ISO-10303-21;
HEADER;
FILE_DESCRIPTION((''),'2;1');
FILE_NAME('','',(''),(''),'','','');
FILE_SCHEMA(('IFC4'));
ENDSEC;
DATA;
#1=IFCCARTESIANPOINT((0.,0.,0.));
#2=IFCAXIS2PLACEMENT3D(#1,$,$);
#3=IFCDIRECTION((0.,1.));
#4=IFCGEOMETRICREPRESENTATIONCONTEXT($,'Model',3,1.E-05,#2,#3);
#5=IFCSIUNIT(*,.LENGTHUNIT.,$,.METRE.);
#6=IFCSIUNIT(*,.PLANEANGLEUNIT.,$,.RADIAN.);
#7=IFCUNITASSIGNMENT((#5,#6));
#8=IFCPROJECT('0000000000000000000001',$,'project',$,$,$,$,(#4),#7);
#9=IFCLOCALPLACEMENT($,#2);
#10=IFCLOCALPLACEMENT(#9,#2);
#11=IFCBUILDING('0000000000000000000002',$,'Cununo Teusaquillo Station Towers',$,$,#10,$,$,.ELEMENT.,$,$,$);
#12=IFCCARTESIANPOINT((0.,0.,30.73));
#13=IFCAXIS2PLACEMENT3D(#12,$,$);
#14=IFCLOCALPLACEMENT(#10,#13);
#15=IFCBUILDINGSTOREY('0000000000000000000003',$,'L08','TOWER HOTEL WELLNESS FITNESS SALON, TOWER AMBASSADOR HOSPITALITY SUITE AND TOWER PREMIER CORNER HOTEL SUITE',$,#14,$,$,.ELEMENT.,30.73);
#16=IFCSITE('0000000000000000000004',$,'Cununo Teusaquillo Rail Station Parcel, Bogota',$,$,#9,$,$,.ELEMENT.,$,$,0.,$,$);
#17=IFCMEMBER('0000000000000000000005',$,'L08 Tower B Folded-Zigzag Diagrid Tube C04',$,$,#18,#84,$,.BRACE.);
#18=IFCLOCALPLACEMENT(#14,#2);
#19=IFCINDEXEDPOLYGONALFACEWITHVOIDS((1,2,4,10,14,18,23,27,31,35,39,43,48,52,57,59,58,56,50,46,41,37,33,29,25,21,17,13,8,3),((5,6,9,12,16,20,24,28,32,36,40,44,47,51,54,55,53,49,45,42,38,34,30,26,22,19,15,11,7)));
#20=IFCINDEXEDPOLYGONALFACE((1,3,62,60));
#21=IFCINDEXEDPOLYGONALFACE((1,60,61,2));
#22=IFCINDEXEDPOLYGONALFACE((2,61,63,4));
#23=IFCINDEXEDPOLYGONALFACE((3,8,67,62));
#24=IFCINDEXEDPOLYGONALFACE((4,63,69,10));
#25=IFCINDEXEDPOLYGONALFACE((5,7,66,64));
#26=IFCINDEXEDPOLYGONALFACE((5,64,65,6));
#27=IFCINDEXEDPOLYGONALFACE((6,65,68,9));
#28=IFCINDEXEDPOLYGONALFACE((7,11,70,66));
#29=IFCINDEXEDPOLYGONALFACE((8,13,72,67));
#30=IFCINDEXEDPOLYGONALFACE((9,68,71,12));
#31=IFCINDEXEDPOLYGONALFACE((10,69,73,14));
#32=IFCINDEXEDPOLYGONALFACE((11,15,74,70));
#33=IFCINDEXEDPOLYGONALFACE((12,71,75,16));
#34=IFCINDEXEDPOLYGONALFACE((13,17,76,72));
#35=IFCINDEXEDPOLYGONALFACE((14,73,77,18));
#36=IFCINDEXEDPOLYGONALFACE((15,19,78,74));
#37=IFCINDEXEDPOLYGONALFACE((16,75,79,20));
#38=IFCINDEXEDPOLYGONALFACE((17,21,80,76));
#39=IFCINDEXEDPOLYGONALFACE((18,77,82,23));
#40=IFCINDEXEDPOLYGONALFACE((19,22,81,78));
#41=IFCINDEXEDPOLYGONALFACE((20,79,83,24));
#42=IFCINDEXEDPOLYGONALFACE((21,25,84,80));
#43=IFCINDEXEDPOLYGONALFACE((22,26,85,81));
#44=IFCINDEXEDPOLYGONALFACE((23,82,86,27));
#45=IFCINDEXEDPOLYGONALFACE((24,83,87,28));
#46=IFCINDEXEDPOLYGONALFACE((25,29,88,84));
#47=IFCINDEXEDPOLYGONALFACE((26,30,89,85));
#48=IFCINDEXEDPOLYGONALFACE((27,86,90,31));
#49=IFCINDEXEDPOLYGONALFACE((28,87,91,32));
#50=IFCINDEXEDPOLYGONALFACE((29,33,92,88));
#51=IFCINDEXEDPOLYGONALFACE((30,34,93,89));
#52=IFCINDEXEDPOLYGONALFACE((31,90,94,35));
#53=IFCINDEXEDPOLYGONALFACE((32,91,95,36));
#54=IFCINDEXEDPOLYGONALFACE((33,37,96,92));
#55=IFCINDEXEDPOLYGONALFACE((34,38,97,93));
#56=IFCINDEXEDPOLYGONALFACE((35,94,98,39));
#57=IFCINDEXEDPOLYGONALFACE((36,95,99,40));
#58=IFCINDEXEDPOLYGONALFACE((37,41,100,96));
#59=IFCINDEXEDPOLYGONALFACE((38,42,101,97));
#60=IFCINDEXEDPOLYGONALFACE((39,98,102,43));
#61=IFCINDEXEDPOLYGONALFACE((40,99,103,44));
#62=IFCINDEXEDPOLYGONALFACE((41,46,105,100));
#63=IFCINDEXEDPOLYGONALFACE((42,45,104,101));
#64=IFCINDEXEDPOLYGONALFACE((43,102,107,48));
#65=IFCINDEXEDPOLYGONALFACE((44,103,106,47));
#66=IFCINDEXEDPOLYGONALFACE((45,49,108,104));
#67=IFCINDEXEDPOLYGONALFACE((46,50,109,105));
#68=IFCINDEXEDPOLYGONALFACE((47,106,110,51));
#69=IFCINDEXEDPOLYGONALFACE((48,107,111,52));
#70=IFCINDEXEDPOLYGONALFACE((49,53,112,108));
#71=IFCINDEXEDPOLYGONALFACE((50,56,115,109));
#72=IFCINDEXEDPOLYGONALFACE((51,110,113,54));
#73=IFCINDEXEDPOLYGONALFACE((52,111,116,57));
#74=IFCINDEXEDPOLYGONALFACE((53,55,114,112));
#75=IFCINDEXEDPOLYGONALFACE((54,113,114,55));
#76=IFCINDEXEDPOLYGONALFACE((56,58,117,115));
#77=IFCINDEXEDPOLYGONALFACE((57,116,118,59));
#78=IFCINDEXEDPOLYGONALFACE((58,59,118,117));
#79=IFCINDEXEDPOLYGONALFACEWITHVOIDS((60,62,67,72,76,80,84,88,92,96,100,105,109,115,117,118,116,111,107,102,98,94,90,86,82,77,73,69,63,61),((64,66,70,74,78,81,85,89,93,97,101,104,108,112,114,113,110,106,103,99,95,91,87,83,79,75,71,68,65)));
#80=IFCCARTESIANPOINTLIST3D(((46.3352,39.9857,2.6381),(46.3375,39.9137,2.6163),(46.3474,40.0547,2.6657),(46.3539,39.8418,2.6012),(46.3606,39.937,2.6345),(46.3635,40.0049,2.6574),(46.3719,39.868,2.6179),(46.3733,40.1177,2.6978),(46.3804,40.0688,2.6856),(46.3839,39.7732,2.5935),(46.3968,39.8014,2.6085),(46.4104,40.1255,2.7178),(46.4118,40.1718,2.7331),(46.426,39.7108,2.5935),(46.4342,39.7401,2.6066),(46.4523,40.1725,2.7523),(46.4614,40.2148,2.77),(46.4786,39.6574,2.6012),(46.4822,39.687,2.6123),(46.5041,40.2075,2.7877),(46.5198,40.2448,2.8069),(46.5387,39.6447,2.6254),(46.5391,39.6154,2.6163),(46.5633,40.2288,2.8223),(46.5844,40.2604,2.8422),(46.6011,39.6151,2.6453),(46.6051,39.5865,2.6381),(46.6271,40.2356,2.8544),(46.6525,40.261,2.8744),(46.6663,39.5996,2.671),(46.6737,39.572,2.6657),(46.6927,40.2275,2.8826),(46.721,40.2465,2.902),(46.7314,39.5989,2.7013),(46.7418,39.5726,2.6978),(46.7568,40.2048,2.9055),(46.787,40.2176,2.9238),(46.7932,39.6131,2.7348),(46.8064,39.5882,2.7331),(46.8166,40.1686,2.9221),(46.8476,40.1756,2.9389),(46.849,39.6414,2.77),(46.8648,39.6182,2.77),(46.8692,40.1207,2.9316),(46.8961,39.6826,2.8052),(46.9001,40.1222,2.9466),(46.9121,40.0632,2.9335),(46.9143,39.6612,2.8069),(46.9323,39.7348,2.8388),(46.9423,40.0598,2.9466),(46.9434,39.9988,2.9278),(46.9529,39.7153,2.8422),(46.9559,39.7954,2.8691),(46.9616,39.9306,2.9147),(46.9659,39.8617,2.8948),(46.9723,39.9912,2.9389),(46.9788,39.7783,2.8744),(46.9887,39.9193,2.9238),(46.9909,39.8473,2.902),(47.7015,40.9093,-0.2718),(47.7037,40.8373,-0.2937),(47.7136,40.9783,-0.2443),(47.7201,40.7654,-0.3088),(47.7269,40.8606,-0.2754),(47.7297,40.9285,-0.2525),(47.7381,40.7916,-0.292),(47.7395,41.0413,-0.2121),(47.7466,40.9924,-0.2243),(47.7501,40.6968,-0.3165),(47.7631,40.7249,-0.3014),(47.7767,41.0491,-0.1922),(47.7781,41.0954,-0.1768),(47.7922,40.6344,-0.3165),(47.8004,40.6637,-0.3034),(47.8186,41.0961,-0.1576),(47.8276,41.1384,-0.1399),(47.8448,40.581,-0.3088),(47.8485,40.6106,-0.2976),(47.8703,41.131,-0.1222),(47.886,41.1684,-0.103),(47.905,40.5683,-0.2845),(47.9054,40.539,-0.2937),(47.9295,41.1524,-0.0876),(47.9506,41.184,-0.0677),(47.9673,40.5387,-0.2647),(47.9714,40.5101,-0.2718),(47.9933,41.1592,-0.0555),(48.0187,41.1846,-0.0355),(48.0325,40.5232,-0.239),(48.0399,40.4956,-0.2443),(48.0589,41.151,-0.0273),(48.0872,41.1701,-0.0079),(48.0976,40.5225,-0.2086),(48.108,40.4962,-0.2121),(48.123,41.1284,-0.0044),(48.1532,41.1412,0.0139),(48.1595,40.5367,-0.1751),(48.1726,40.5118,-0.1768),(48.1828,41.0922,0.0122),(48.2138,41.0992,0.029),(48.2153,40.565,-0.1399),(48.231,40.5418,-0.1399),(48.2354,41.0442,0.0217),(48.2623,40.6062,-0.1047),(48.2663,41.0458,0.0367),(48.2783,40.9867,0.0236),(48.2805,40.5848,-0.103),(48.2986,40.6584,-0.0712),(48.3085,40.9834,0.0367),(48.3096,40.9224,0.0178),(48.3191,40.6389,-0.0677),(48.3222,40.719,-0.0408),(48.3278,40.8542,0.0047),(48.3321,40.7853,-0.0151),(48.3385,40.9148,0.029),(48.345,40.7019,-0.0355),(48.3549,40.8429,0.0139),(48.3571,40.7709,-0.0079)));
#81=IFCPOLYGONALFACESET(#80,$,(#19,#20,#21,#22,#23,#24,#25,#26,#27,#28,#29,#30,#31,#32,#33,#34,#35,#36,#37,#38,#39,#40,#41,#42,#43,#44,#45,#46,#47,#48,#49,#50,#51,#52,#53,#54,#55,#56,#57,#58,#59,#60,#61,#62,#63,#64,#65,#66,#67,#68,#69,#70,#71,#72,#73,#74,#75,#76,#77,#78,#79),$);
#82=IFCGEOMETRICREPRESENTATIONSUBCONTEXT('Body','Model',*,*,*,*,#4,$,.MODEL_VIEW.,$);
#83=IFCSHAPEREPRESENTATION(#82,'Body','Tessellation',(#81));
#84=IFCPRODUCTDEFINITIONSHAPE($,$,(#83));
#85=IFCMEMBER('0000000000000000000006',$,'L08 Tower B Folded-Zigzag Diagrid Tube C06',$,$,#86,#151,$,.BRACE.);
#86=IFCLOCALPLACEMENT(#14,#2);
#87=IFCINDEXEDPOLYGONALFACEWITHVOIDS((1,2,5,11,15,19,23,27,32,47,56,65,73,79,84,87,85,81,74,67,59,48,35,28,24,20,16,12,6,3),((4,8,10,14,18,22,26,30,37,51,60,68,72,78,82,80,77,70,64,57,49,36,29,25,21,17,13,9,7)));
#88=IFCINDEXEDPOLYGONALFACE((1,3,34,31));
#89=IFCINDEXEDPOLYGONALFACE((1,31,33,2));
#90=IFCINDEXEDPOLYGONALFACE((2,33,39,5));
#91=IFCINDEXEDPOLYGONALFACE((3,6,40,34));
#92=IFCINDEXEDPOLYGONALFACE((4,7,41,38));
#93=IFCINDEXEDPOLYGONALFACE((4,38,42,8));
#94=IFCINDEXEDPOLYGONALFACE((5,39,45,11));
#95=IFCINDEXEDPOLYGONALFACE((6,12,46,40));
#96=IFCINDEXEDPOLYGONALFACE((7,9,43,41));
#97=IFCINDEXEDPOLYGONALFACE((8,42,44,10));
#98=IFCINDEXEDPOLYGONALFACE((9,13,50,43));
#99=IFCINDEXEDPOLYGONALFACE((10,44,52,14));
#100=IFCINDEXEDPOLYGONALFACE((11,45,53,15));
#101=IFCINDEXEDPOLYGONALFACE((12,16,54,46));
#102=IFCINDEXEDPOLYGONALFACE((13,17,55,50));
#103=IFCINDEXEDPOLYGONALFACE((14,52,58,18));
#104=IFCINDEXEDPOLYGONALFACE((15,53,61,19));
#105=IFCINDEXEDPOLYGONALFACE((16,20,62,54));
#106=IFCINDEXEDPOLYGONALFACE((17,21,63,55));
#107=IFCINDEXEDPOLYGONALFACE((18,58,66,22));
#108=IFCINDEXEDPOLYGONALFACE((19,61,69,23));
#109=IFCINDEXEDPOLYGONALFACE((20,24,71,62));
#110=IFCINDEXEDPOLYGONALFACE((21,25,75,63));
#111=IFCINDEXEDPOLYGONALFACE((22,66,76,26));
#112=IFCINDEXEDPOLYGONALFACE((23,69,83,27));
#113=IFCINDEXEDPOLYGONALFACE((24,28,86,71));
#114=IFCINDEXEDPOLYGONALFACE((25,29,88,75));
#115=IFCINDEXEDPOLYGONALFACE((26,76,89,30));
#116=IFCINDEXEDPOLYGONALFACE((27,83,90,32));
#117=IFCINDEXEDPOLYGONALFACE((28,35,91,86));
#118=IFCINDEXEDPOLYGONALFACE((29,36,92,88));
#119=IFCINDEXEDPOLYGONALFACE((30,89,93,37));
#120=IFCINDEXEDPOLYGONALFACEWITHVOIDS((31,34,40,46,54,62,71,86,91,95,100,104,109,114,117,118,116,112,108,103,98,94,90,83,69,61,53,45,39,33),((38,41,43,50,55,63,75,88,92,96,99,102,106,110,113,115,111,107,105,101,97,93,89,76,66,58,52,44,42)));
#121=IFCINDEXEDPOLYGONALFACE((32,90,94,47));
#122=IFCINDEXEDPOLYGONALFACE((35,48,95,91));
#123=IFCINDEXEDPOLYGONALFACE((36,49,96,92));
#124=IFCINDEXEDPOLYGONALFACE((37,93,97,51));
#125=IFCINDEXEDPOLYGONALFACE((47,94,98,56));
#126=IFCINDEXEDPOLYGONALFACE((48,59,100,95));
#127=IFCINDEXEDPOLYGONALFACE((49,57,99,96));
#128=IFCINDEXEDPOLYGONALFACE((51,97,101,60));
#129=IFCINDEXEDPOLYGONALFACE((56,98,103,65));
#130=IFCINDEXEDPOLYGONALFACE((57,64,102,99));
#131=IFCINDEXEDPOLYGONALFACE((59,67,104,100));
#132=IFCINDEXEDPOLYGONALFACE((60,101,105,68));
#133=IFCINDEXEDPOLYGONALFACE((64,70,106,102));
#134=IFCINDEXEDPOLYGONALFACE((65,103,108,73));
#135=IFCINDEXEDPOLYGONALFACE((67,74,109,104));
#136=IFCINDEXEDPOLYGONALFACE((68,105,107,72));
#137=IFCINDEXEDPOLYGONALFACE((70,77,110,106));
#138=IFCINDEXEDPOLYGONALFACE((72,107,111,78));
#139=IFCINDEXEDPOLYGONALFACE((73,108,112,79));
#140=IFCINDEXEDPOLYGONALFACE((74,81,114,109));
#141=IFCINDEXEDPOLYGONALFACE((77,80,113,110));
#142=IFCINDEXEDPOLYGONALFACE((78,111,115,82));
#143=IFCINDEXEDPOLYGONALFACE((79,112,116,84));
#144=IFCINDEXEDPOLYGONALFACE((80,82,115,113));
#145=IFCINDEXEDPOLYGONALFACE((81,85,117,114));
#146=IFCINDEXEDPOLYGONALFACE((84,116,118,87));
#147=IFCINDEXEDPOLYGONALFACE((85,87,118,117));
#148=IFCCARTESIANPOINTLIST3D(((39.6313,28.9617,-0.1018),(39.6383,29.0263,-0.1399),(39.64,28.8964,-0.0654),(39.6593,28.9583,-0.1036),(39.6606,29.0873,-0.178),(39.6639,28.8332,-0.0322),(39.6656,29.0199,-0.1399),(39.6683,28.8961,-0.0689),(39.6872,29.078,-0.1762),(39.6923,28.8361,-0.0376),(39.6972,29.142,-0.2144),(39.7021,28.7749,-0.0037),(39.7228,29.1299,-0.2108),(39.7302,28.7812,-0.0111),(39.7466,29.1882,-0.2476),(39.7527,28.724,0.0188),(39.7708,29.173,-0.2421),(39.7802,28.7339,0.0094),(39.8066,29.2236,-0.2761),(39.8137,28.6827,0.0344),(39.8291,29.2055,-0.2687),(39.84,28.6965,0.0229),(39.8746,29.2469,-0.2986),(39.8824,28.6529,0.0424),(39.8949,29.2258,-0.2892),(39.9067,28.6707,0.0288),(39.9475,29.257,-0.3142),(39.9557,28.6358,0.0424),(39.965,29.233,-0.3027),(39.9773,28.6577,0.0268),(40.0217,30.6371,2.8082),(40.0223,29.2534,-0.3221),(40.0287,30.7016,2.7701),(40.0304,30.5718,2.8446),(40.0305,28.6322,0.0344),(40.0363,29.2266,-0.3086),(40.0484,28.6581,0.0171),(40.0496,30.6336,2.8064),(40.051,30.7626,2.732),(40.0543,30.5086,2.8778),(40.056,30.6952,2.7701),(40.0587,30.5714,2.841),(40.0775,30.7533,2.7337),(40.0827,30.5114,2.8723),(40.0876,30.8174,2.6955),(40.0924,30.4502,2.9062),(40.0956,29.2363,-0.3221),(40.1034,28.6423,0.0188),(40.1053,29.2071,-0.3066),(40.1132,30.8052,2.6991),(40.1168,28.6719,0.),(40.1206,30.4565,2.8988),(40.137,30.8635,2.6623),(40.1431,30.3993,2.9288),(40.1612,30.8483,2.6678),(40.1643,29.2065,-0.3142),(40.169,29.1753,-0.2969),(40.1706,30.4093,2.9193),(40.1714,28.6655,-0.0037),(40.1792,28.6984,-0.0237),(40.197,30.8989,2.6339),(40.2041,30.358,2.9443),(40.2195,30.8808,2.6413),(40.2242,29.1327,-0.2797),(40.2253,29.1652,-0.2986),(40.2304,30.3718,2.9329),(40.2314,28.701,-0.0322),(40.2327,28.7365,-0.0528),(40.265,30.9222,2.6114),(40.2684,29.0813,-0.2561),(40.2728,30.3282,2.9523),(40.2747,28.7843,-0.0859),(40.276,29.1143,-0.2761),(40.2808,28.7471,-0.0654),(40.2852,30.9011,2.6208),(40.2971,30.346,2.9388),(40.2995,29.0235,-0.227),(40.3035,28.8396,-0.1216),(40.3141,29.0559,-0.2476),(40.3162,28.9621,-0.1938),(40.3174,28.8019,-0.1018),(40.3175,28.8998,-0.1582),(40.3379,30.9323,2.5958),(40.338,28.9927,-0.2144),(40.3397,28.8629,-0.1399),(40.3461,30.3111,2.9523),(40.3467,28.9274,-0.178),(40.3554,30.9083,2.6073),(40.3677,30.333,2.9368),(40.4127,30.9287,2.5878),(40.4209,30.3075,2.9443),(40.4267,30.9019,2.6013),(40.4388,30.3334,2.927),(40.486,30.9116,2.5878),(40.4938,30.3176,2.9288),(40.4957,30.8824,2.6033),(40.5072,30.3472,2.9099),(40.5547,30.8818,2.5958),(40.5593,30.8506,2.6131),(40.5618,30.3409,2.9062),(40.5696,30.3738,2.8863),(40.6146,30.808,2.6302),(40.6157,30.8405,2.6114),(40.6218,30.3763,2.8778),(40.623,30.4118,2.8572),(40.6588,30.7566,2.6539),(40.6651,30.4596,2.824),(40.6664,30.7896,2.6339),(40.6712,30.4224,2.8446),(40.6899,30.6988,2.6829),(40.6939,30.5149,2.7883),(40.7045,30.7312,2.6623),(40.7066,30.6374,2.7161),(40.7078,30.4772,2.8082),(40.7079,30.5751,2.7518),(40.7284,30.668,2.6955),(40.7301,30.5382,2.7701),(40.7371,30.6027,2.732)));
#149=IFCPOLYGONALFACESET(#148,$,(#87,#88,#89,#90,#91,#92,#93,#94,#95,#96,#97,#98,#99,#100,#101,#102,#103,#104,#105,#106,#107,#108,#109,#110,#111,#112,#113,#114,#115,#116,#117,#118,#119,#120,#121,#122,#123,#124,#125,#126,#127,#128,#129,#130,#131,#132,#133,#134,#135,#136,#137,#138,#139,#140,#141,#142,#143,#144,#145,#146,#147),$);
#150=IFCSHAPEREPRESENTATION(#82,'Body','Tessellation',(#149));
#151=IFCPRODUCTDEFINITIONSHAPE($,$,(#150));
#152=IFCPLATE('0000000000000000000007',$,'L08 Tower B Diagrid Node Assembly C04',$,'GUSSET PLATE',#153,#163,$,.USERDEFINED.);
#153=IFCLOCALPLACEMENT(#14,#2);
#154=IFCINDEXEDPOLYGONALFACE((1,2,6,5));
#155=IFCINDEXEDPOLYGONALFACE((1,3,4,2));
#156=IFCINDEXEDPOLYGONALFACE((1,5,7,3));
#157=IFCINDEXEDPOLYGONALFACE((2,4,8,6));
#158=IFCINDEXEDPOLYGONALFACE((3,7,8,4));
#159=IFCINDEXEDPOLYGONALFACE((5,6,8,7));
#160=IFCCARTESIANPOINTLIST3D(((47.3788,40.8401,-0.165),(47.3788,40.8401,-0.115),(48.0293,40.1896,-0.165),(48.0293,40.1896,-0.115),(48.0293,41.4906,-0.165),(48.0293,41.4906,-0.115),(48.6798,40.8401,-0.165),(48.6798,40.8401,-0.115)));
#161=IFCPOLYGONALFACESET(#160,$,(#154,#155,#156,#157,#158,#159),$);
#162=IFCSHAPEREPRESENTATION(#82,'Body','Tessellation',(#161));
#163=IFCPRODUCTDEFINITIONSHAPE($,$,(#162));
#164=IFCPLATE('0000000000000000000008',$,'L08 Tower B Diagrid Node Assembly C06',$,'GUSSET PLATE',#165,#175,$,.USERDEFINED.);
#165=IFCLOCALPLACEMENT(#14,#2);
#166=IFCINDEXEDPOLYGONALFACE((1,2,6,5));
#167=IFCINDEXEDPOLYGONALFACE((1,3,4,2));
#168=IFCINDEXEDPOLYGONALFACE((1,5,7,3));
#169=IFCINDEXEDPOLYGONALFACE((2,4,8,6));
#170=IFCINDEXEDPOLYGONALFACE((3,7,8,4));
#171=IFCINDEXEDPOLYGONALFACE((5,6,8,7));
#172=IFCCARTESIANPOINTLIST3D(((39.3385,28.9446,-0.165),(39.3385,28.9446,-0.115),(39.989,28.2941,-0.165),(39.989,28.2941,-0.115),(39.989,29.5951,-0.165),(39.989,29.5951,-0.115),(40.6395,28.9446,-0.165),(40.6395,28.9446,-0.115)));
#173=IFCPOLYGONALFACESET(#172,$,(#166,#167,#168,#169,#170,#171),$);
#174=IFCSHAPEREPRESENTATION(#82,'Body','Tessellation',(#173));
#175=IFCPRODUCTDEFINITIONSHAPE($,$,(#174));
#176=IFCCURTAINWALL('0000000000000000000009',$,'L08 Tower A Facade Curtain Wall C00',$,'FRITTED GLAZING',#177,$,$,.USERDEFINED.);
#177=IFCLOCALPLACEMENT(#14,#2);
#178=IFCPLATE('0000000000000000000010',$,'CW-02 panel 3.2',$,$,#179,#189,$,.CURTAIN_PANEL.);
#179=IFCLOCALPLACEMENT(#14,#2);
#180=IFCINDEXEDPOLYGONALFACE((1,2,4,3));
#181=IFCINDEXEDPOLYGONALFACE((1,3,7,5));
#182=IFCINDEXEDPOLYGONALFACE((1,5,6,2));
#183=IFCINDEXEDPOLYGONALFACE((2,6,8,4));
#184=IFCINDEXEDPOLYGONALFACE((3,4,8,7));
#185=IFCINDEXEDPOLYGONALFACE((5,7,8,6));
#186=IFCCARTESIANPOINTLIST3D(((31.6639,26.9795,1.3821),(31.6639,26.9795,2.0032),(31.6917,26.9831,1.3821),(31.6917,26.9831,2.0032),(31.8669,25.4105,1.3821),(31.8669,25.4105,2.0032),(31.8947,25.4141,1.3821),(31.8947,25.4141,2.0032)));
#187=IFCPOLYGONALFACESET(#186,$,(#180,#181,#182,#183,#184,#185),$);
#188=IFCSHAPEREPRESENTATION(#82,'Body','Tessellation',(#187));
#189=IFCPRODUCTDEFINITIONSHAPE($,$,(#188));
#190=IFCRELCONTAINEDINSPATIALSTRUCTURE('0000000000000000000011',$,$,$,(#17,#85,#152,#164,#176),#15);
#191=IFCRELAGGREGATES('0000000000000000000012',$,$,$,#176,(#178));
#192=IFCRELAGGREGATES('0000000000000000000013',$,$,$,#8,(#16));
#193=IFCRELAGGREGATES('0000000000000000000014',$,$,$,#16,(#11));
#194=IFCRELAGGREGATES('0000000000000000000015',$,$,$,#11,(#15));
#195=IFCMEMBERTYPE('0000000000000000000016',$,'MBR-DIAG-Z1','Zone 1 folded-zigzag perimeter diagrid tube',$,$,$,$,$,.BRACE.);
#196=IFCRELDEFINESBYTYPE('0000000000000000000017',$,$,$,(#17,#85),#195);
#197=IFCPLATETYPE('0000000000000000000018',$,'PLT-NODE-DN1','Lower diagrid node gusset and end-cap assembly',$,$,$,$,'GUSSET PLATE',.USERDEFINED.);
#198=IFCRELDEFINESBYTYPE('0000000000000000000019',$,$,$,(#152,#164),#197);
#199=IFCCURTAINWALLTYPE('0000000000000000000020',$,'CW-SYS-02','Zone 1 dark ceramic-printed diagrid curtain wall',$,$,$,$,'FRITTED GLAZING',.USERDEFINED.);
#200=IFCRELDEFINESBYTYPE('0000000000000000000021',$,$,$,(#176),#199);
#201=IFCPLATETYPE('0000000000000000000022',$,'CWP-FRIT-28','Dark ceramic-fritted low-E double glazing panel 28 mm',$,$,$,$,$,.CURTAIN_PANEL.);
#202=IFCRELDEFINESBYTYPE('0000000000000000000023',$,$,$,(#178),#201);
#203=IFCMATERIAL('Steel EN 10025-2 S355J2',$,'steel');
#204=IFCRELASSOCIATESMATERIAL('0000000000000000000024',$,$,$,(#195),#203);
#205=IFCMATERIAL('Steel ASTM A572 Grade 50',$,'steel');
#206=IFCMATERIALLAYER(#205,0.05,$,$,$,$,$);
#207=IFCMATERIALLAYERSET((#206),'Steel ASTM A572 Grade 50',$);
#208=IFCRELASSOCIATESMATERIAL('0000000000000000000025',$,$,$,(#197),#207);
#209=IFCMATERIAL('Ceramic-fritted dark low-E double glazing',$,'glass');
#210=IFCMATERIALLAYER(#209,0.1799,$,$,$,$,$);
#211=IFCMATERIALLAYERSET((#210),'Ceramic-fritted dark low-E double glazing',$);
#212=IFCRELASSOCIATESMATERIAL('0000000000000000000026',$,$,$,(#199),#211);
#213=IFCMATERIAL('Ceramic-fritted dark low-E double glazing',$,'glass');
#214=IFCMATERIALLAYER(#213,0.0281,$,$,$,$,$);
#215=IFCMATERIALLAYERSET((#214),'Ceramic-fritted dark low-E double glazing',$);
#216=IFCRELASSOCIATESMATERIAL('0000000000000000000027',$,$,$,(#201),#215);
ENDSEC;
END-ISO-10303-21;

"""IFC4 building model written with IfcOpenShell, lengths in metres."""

from ifc_helpers import new_model, si_unit, direction, frame, origin, origin_2d, place, context, subcontext, project, spatial, rectangle, hollow_circle, extrude, source, transform, mapped, material, layer, layer_set, material_profile, profile_set, type_object, element, aggregate, save


model = new_model("IFC4")

# Units and contexts
model_context = context("Model", 3, precision=1e-05, world=origin(), true_north=direction((0.0, 1.0)))
body_context = subcontext(model_context, "Body", "Model", "MODEL_VIEW")
ifc_project = project(units=[si_unit("LENGTHUNIT", "METRE"), si_unit("PLANEANGLEUNIT", "RADIAN")], contexts=[model_context])

# Site, building, storey
site_placement = place(None, origin())
site = spatial("IfcSite", under=ifc_project, at=site_placement, Name="Cununo Teusaquillo Rail Station Parcel, Bogota", CompositionType="ELEMENT", RefElevation=0.0)
building_placement = place(site_placement, origin())
building = spatial("IfcBuilding", under=site, at=building_placement, Name="Cununo Teusaquillo Station Towers", CompositionType="ELEMENT")
storey_placement = place(building_placement, frame((0.0, 0.0, 30.73)))
storey = spatial("IfcBuildingStorey", under=building, at=storey_placement, Name="L08", Description="TOWER HOTEL WELLNESS FITNESS SALON, TOWER AMBASSADOR HOSPITALITY SUITE AND TOWER PREMIER CORNER HOTEL SUITE", CompositionType="ELEMENT", Elevation=30.73)

# Members
ifc_material_1 = material(Name="Steel EN 10025-2 S355J2", Category="steel")
ifc_material_profile_1 = material_profile(ifc_material_1, hollow_circle(Radius=0.3601, WallThickness=0.0281, at=origin_2d()), Name="CHS 720x28")
ifc_profile_set_1 = profile_set([ifc_material_profile_1], Name="Steel EN 10025-2 S355J2")
member_type = type_object("IfcMemberType", Name="MBR-DIAG-Z1", Description="Zone 1 folded-zigzag perimeter diagrid tube", PredefinedType="BRACE", material=ifc_profile_set_1)
member_1_placement = place(storey_placement, frame((48.0293, 40.8401, -0.1399), z_axis=(-0.408468, -0.276132, 0.870003), x_axis=(0.560052, -0.828457, 0.0)))
element("IfcMember", 1, at=member_1_placement, inside=storey, type_object=member_type, Name="L08 Tower B Folded-Zigzag Diagrid Tube C04", PredefinedType="BRACE", context=body_context, shape_type="SweptSolid", body=[
    extrude(hollow_circle(Radius=0.3601, WallThickness=0.0281, at=origin_2d()), origin(), (0.0, 0.0, 1.0), 3.3447),
])
member_2_placement = place(storey_placement, frame((39.989, 28.9446, -0.1399), z_axis=(0.115486, 0.495601, 0.860838), x_axis=(-0.973908, 0.226942, 0.0)))
element("IfcMember", 2, at=member_2_placement, inside=storey, type_object=member_type, Name="L08 Tower B Folded-Zigzag Diagrid Tube C06", PredefinedType="BRACE", context=body_context, shape_type="SweptSolid", body=[
    extrude(hollow_circle(Radius=0.3601, WallThickness=0.0281, at=origin_2d()), origin(), (0.0, 0.0, 1.0), 3.3804),
])

# Plates
ifc_material_2 = material(Name="Steel ASTM A572 Grade 50", Category="steel")
ifc_layer_1 = layer(ifc_material_2, 0.05)
ifc_layer_set_1 = layer_set([ifc_layer_1], Name="Steel ASTM A572 Grade 50")
plate_type_1 = type_object("IfcPlateType", Name="PLT-NODE-DN1", Description="Lower diagrid node gusset and end-cap assembly", ElementType="GUSSET PLATE", PredefinedType="USERDEFINED", material=ifc_layer_set_1)
shared_shape_1 = source(origin(), body_context, "Body", "SweptSolid", [
    extrude(rectangle(XDim=0.9199, YDim=0.9199, at=origin_2d()), origin(), (0.0, 0.0, 1.0), 0.05),
])
for number, where, z_axis, x_axis, name in (
    (3, (48.0293, 40.8401, -0.165), (0.0, 0.0, 1.0), (0.707107, 0.707107, 0.0), "L08 Tower B Diagrid Node Assembly C04"),
    (4, (39.989, 28.9446, -0.165), (0.0, 0.0, 1.0), (0.707107, 0.707107, 0.0), "L08 Tower B Diagrid Node Assembly C06"),
):
    element("IfcPlate", number, at=place(storey_placement, frame(where, z_axis=z_axis, x_axis=x_axis)), inside=storey, type_object=plate_type_1, Name=name, ObjectType="GUSSET PLATE", PredefinedType="USERDEFINED", context=body_context, shape_type="MappedRepresentation", body=[
        mapped(shared_shape_1, transform((0.0, 0.0, 0.0), x_axis=(1.0, 0.0, 0.0), y_axis=(0.0, 1.0, 0.0), z_axis=(0.0, 0.0, 1.0), scale=1.0)),
    ])

# Curtain wall, plate
ifc_material_3 = material(Name="Ceramic-fritted dark low-E double glazing", Category="glass")
ifc_layer_2 = layer(ifc_material_3, 0.1799)
ifc_layer_set_2 = layer_set([ifc_layer_2], Name="Ceramic-fritted dark low-E double glazing")
curtain_wall_type = type_object("IfcCurtainWallType", Name="CW-SYS-02", Description="Zone 1 dark ceramic-printed diagrid curtain wall", ElementType="FRITTED GLAZING", PredefinedType="USERDEFINED", material=ifc_layer_set_2)
curtain_wall_placement = place(storey_placement, origin())
curtain_wall = element("IfcCurtainWall", 5, at=curtain_wall_placement, inside=storey, type_object=curtain_wall_type, Name="L08 Tower A Facade Curtain Wall C00", ObjectType="FRITTED GLAZING", PredefinedType="USERDEFINED")
ifc_material_4 = material(Name="Ceramic-fritted dark low-E double glazing", Category="glass")
ifc_layer_3 = layer(ifc_material_4, 0.0281)
ifc_layer_set_3 = layer_set([ifc_layer_3], Name="Ceramic-fritted dark low-E double glazing")
plate_type_2 = type_object("IfcPlateType", Name="CWP-FRIT-28", Description="Dark ceramic-fritted low-E double glazing panel 28 mm", PredefinedType="CURTAIN_PANEL", material=ifc_layer_set_3)
shared_shape_2 = source(origin(), body_context, "Body", "SweptSolid", [
    extrude(rectangle(XDim=1.582, YDim=0.0281, at=origin_2d()), origin(), (0.0, 0.0, 1.0), 0.6211),
])
plate_placement = place(storey_placement, frame((31.7793, 26.1968, 1.3821), z_axis=(0.0, 0.0, 1.0), x_axis=(0.128336, -0.991731, 0.0)))
plate = element("IfcPlate", 6, at=plate_placement, type_object=plate_type_2, Name="CW-02 panel 3.2", PredefinedType="CURTAIN_PANEL", context=body_context, shape_type="MappedRepresentation", body=[
    mapped(shared_shape_2, transform((0.0, 0.0, 0.0), x_axis=(1.0, 0.0, 0.0), y_axis=(0.0, 1.0, 0.0), z_axis=(0.0, 0.0, 1.0), scale=1.0)),
])
aggregate(curtain_wall, [plate])

save(model, "model.ifc")
